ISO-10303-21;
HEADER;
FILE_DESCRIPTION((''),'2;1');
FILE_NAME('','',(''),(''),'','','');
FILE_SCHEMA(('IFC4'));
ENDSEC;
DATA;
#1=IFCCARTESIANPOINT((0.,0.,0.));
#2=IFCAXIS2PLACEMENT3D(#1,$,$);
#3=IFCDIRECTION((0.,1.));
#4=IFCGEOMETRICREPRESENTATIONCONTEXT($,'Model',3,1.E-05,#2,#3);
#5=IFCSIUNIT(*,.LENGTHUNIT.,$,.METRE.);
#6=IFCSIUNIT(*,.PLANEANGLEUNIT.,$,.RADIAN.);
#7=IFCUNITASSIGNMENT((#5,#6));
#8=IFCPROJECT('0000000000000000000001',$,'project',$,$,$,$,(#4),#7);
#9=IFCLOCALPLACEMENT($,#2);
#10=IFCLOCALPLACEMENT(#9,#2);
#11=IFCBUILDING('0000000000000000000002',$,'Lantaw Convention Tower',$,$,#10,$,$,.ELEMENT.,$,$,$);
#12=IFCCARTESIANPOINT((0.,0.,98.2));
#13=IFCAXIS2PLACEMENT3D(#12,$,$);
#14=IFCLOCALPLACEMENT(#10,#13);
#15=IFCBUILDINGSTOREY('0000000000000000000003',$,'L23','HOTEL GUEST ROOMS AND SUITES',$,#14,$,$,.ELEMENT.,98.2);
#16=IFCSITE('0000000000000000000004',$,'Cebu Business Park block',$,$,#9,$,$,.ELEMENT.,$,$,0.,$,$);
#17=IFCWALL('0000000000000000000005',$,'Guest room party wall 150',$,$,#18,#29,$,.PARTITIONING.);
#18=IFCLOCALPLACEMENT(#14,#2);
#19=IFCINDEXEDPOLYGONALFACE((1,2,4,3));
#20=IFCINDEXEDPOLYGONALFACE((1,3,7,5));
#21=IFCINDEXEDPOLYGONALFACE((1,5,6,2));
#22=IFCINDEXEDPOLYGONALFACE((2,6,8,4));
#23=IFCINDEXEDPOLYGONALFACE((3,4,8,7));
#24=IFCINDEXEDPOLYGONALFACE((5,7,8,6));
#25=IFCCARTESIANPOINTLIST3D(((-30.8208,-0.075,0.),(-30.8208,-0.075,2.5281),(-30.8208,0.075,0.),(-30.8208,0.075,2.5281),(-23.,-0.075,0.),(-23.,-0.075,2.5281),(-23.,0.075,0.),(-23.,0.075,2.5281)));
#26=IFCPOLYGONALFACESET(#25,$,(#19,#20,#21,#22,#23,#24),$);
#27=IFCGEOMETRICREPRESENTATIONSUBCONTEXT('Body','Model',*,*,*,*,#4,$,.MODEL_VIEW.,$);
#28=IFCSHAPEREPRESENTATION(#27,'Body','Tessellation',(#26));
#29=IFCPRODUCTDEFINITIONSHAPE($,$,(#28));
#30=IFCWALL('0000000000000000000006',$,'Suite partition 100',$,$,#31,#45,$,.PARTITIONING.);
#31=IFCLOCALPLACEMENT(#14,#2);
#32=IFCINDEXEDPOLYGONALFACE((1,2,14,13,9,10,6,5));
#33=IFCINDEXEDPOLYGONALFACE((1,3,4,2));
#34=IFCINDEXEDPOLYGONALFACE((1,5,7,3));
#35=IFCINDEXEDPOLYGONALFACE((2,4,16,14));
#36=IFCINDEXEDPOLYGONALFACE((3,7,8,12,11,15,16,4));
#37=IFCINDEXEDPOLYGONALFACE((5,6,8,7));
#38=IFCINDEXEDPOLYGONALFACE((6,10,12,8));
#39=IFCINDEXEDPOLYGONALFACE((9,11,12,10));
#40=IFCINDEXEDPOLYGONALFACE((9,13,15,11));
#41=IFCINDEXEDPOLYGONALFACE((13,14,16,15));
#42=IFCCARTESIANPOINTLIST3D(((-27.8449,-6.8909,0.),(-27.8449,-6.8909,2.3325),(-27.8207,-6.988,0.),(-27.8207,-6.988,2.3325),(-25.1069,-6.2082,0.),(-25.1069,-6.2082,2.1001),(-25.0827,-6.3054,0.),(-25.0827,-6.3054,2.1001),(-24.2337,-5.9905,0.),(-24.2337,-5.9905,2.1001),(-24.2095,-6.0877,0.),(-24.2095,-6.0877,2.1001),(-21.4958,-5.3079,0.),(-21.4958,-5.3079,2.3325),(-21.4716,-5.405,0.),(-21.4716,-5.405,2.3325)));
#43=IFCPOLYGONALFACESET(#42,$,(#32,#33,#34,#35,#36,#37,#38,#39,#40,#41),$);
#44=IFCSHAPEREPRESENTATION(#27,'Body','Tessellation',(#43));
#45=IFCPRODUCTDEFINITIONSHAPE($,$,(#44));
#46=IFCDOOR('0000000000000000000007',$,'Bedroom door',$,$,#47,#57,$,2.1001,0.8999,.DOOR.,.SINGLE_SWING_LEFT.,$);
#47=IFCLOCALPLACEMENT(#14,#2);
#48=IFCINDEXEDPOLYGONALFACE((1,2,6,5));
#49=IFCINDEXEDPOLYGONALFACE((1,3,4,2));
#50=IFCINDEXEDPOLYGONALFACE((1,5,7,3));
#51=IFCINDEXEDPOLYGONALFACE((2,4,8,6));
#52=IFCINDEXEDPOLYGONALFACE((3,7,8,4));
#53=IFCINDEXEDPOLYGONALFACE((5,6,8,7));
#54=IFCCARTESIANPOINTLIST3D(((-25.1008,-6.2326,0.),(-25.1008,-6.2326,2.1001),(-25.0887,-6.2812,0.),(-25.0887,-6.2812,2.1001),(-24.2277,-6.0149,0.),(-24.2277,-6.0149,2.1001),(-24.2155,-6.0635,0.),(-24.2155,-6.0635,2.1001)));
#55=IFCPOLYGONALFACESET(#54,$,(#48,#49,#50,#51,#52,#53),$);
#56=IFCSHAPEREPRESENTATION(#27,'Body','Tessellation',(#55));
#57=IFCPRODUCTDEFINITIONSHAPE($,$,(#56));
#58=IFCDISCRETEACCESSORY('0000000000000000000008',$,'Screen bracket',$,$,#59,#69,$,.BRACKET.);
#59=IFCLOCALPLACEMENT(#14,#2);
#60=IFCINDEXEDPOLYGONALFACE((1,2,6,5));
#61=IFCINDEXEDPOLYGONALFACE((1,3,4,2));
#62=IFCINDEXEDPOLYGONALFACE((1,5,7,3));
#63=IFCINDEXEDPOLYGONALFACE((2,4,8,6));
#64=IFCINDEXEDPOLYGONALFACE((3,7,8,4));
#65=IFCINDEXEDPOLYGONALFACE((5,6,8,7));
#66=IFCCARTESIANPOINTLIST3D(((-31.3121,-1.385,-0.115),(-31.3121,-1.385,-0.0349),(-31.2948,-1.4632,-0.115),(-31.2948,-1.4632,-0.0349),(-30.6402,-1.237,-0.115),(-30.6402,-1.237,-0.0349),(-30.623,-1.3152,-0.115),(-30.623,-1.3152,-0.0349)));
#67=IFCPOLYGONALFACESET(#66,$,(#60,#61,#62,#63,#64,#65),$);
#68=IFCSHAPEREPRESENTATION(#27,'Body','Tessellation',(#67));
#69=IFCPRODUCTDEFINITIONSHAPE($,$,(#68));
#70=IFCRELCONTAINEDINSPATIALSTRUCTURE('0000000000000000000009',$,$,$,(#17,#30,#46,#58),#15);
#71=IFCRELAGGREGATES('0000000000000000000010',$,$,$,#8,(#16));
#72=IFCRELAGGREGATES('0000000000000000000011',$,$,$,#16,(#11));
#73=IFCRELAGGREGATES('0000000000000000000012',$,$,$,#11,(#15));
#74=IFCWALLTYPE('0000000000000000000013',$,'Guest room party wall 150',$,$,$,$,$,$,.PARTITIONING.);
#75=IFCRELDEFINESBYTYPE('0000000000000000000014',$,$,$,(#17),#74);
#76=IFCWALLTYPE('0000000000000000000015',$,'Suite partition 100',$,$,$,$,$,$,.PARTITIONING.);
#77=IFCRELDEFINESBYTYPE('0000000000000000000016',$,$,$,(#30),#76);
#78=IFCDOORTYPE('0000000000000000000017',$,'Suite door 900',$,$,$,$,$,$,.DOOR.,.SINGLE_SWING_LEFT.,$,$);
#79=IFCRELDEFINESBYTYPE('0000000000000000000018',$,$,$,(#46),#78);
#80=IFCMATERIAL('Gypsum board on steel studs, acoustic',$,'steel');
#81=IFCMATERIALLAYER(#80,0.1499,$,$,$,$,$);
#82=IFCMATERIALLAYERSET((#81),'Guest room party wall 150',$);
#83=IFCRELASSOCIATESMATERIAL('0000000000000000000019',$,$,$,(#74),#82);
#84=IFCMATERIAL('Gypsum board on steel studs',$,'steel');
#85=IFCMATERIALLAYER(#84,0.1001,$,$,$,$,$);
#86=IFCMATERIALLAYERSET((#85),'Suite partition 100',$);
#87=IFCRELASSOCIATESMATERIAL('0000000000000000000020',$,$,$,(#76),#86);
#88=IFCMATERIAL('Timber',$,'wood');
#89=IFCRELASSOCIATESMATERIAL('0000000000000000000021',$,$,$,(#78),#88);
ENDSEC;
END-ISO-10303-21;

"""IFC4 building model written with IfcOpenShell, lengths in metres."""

from ifc_helpers import new_model, si_unit, direction, frame, frame_2d, origin, origin_2d, place, context, subcontext, project, spatial, rectangle, extrude, material, layer, layer_set, type_object, element, fill, save


model = new_model("IFC4")

# Units and contexts
model_context = context("Model", 3, precision=1e-05, world=origin(), true_north=direction((0.0, 1.0)))
body_context = subcontext(model_context, "Body", "Model", "MODEL_VIEW")
ifc_project = project(units=[si_unit("LENGTHUNIT", "METRE"), si_unit("PLANEANGLEUNIT", "RADIAN")], contexts=[model_context])

# Site, building, storey
site_placement = place(None, origin())
site = spatial("IfcSite", under=ifc_project, at=site_placement, Name="Cebu Business Park block", CompositionType="ELEMENT", RefElevation=0.0)
building_placement = place(site_placement, origin())
building = spatial("IfcBuilding", under=site, at=building_placement, Name="Lantaw Convention Tower", CompositionType="ELEMENT")
storey_placement = place(building_placement, frame((0.0, 0.0, 98.2)))
storey = spatial("IfcBuildingStorey", under=building, at=storey_placement, Name="L23", Description="HOTEL GUEST ROOMS AND SUITES", CompositionType="ELEMENT", Elevation=98.2)

# Shared definitions
ifc_material_1 = material(Name="Timber", Category="wood")

# Wall
ifc_material_2 = material(Name="Gypsum board on steel studs, acoustic", Category="steel")
ifc_layer_1 = layer(ifc_material_2, 0.1499)
ifc_layer_set_1 = layer_set([ifc_layer_1], Name="Guest room party wall 150")
wall_type_1 = type_object("IfcWallType", Name="Guest room party wall 150", PredefinedType="PARTITIONING", material=ifc_layer_set_1)
wall_1_placement = place(storey_placement, frame((-30.8208, 0.0, 0.0), z_axis=(0.0, 0.0, 1.0), x_axis=(1.0, 0.0, 0.0)))
element("IfcWall", 1, at=wall_1_placement, inside=storey, type_object=wall_type_1, Name="Guest room party wall 150", PredefinedType="PARTITIONING", context=body_context, shape_type="SweptSolid", body=[
    extrude(rectangle(XDim=7.8208, YDim=0.1499, at=frame_2d((3.9104, 0.0))), origin(), (0.0, 0.0, 1.0), 2.5281),
])

# Wall, opening, door
ifc_material_3 = material(Name="Gypsum board on steel studs", Category="steel")
ifc_layer_2 = layer(ifc_material_3, 0.1001)
ifc_layer_set_2 = layer_set([ifc_layer_2], Name="Suite partition 100")
wall_type_2 = type_object("IfcWallType", Name="Suite partition 100", PredefinedType="PARTITIONING", material=ifc_layer_set_2)
wall_2_placement = place(storey_placement, frame((-27.8328, -6.9395, 0.0), z_axis=(0.0, 0.0, 1.0), x_axis=(0.970296, 0.241921, 0.0)))
wall_2 = element("IfcWall", 2, at=wall_2_placement, inside=storey, type_object=wall_type_2, Name="Suite partition 100", PredefinedType="PARTITIONING", context=body_context, shape_type="SweptSolid", body=[
    extrude(rectangle(XDim=6.5435, YDim=0.1001, at=frame_2d((3.2717, 0.0))), origin(), (0.0, 0.0, 1.0), 2.3325),
])
opening_1_placement = place(wall_2_placement, frame((2.8218, 0.0, 0.0)))
opening_1 = element("IfcOpeningElement", 3, at=opening_1_placement, cuts=wall_2, PredefinedType="OPENING", context=body_context, shape_type="SweptSolid", body=[
    extrude(rectangle(XDim=0.8999, YDim=2.1001, at=frame_2d((0.45, 1.05))), frame((0.0, 0.0601, 0.0), z_axis=(0.0, -1.0, 0.0), x_axis=(1.0, 0.0, 0.0)), (0.0, 0.0, 1.0), 0.1201),
])
door_type_1 = type_object("IfcDoorType", Name="Suite door 900", OperationType="SINGLE_SWING_LEFT", PredefinedType="DOOR", material=ifc_material_1)
door_1_placement = place(opening_1_placement, origin())
door_1 = element("IfcDoor", 4, at=door_1_placement, inside=storey, type_object=door_type_1, Name="Bedroom door", OperationType="SINGLE_SWING_LEFT", OverallHeight=2.1001, OverallWidth=0.8999, PredefinedType="DOOR", context=body_context, shape_type="SweptSolid", body=[
    extrude(rectangle(XDim=0.8999, YDim=2.1001, at=frame_2d((0.45, 1.05))), frame((0.0, 0.0249, 0.0), z_axis=(0.0, -1.0, 0.0), x_axis=(1.0, 0.0, 0.0)), (0.0, 0.0, 1.0), 0.05),
])
fill(opening_1, door_1)

# Discrete accessory
discrete_accessory_placement = place(storey_placement, frame((-30.9675, -1.3501, -0.115), z_axis=(0.0, 0.0, 1.0), x_axis=(0.215246, -0.97656, 0.0)))
element("IfcDiscreteAccessory", 5, at=discrete_accessory_placement, inside=storey, Name="Screen bracket", PredefinedType="BRACKET", context=body_context, shape_type="SweptSolid", body=[
    extrude(rectangle(XDim=0.0801, YDim=0.688, at=origin_2d()), origin(), (0.0, 0.0, 1.0), 0.0801),
])

save(model, "model.ifc")
